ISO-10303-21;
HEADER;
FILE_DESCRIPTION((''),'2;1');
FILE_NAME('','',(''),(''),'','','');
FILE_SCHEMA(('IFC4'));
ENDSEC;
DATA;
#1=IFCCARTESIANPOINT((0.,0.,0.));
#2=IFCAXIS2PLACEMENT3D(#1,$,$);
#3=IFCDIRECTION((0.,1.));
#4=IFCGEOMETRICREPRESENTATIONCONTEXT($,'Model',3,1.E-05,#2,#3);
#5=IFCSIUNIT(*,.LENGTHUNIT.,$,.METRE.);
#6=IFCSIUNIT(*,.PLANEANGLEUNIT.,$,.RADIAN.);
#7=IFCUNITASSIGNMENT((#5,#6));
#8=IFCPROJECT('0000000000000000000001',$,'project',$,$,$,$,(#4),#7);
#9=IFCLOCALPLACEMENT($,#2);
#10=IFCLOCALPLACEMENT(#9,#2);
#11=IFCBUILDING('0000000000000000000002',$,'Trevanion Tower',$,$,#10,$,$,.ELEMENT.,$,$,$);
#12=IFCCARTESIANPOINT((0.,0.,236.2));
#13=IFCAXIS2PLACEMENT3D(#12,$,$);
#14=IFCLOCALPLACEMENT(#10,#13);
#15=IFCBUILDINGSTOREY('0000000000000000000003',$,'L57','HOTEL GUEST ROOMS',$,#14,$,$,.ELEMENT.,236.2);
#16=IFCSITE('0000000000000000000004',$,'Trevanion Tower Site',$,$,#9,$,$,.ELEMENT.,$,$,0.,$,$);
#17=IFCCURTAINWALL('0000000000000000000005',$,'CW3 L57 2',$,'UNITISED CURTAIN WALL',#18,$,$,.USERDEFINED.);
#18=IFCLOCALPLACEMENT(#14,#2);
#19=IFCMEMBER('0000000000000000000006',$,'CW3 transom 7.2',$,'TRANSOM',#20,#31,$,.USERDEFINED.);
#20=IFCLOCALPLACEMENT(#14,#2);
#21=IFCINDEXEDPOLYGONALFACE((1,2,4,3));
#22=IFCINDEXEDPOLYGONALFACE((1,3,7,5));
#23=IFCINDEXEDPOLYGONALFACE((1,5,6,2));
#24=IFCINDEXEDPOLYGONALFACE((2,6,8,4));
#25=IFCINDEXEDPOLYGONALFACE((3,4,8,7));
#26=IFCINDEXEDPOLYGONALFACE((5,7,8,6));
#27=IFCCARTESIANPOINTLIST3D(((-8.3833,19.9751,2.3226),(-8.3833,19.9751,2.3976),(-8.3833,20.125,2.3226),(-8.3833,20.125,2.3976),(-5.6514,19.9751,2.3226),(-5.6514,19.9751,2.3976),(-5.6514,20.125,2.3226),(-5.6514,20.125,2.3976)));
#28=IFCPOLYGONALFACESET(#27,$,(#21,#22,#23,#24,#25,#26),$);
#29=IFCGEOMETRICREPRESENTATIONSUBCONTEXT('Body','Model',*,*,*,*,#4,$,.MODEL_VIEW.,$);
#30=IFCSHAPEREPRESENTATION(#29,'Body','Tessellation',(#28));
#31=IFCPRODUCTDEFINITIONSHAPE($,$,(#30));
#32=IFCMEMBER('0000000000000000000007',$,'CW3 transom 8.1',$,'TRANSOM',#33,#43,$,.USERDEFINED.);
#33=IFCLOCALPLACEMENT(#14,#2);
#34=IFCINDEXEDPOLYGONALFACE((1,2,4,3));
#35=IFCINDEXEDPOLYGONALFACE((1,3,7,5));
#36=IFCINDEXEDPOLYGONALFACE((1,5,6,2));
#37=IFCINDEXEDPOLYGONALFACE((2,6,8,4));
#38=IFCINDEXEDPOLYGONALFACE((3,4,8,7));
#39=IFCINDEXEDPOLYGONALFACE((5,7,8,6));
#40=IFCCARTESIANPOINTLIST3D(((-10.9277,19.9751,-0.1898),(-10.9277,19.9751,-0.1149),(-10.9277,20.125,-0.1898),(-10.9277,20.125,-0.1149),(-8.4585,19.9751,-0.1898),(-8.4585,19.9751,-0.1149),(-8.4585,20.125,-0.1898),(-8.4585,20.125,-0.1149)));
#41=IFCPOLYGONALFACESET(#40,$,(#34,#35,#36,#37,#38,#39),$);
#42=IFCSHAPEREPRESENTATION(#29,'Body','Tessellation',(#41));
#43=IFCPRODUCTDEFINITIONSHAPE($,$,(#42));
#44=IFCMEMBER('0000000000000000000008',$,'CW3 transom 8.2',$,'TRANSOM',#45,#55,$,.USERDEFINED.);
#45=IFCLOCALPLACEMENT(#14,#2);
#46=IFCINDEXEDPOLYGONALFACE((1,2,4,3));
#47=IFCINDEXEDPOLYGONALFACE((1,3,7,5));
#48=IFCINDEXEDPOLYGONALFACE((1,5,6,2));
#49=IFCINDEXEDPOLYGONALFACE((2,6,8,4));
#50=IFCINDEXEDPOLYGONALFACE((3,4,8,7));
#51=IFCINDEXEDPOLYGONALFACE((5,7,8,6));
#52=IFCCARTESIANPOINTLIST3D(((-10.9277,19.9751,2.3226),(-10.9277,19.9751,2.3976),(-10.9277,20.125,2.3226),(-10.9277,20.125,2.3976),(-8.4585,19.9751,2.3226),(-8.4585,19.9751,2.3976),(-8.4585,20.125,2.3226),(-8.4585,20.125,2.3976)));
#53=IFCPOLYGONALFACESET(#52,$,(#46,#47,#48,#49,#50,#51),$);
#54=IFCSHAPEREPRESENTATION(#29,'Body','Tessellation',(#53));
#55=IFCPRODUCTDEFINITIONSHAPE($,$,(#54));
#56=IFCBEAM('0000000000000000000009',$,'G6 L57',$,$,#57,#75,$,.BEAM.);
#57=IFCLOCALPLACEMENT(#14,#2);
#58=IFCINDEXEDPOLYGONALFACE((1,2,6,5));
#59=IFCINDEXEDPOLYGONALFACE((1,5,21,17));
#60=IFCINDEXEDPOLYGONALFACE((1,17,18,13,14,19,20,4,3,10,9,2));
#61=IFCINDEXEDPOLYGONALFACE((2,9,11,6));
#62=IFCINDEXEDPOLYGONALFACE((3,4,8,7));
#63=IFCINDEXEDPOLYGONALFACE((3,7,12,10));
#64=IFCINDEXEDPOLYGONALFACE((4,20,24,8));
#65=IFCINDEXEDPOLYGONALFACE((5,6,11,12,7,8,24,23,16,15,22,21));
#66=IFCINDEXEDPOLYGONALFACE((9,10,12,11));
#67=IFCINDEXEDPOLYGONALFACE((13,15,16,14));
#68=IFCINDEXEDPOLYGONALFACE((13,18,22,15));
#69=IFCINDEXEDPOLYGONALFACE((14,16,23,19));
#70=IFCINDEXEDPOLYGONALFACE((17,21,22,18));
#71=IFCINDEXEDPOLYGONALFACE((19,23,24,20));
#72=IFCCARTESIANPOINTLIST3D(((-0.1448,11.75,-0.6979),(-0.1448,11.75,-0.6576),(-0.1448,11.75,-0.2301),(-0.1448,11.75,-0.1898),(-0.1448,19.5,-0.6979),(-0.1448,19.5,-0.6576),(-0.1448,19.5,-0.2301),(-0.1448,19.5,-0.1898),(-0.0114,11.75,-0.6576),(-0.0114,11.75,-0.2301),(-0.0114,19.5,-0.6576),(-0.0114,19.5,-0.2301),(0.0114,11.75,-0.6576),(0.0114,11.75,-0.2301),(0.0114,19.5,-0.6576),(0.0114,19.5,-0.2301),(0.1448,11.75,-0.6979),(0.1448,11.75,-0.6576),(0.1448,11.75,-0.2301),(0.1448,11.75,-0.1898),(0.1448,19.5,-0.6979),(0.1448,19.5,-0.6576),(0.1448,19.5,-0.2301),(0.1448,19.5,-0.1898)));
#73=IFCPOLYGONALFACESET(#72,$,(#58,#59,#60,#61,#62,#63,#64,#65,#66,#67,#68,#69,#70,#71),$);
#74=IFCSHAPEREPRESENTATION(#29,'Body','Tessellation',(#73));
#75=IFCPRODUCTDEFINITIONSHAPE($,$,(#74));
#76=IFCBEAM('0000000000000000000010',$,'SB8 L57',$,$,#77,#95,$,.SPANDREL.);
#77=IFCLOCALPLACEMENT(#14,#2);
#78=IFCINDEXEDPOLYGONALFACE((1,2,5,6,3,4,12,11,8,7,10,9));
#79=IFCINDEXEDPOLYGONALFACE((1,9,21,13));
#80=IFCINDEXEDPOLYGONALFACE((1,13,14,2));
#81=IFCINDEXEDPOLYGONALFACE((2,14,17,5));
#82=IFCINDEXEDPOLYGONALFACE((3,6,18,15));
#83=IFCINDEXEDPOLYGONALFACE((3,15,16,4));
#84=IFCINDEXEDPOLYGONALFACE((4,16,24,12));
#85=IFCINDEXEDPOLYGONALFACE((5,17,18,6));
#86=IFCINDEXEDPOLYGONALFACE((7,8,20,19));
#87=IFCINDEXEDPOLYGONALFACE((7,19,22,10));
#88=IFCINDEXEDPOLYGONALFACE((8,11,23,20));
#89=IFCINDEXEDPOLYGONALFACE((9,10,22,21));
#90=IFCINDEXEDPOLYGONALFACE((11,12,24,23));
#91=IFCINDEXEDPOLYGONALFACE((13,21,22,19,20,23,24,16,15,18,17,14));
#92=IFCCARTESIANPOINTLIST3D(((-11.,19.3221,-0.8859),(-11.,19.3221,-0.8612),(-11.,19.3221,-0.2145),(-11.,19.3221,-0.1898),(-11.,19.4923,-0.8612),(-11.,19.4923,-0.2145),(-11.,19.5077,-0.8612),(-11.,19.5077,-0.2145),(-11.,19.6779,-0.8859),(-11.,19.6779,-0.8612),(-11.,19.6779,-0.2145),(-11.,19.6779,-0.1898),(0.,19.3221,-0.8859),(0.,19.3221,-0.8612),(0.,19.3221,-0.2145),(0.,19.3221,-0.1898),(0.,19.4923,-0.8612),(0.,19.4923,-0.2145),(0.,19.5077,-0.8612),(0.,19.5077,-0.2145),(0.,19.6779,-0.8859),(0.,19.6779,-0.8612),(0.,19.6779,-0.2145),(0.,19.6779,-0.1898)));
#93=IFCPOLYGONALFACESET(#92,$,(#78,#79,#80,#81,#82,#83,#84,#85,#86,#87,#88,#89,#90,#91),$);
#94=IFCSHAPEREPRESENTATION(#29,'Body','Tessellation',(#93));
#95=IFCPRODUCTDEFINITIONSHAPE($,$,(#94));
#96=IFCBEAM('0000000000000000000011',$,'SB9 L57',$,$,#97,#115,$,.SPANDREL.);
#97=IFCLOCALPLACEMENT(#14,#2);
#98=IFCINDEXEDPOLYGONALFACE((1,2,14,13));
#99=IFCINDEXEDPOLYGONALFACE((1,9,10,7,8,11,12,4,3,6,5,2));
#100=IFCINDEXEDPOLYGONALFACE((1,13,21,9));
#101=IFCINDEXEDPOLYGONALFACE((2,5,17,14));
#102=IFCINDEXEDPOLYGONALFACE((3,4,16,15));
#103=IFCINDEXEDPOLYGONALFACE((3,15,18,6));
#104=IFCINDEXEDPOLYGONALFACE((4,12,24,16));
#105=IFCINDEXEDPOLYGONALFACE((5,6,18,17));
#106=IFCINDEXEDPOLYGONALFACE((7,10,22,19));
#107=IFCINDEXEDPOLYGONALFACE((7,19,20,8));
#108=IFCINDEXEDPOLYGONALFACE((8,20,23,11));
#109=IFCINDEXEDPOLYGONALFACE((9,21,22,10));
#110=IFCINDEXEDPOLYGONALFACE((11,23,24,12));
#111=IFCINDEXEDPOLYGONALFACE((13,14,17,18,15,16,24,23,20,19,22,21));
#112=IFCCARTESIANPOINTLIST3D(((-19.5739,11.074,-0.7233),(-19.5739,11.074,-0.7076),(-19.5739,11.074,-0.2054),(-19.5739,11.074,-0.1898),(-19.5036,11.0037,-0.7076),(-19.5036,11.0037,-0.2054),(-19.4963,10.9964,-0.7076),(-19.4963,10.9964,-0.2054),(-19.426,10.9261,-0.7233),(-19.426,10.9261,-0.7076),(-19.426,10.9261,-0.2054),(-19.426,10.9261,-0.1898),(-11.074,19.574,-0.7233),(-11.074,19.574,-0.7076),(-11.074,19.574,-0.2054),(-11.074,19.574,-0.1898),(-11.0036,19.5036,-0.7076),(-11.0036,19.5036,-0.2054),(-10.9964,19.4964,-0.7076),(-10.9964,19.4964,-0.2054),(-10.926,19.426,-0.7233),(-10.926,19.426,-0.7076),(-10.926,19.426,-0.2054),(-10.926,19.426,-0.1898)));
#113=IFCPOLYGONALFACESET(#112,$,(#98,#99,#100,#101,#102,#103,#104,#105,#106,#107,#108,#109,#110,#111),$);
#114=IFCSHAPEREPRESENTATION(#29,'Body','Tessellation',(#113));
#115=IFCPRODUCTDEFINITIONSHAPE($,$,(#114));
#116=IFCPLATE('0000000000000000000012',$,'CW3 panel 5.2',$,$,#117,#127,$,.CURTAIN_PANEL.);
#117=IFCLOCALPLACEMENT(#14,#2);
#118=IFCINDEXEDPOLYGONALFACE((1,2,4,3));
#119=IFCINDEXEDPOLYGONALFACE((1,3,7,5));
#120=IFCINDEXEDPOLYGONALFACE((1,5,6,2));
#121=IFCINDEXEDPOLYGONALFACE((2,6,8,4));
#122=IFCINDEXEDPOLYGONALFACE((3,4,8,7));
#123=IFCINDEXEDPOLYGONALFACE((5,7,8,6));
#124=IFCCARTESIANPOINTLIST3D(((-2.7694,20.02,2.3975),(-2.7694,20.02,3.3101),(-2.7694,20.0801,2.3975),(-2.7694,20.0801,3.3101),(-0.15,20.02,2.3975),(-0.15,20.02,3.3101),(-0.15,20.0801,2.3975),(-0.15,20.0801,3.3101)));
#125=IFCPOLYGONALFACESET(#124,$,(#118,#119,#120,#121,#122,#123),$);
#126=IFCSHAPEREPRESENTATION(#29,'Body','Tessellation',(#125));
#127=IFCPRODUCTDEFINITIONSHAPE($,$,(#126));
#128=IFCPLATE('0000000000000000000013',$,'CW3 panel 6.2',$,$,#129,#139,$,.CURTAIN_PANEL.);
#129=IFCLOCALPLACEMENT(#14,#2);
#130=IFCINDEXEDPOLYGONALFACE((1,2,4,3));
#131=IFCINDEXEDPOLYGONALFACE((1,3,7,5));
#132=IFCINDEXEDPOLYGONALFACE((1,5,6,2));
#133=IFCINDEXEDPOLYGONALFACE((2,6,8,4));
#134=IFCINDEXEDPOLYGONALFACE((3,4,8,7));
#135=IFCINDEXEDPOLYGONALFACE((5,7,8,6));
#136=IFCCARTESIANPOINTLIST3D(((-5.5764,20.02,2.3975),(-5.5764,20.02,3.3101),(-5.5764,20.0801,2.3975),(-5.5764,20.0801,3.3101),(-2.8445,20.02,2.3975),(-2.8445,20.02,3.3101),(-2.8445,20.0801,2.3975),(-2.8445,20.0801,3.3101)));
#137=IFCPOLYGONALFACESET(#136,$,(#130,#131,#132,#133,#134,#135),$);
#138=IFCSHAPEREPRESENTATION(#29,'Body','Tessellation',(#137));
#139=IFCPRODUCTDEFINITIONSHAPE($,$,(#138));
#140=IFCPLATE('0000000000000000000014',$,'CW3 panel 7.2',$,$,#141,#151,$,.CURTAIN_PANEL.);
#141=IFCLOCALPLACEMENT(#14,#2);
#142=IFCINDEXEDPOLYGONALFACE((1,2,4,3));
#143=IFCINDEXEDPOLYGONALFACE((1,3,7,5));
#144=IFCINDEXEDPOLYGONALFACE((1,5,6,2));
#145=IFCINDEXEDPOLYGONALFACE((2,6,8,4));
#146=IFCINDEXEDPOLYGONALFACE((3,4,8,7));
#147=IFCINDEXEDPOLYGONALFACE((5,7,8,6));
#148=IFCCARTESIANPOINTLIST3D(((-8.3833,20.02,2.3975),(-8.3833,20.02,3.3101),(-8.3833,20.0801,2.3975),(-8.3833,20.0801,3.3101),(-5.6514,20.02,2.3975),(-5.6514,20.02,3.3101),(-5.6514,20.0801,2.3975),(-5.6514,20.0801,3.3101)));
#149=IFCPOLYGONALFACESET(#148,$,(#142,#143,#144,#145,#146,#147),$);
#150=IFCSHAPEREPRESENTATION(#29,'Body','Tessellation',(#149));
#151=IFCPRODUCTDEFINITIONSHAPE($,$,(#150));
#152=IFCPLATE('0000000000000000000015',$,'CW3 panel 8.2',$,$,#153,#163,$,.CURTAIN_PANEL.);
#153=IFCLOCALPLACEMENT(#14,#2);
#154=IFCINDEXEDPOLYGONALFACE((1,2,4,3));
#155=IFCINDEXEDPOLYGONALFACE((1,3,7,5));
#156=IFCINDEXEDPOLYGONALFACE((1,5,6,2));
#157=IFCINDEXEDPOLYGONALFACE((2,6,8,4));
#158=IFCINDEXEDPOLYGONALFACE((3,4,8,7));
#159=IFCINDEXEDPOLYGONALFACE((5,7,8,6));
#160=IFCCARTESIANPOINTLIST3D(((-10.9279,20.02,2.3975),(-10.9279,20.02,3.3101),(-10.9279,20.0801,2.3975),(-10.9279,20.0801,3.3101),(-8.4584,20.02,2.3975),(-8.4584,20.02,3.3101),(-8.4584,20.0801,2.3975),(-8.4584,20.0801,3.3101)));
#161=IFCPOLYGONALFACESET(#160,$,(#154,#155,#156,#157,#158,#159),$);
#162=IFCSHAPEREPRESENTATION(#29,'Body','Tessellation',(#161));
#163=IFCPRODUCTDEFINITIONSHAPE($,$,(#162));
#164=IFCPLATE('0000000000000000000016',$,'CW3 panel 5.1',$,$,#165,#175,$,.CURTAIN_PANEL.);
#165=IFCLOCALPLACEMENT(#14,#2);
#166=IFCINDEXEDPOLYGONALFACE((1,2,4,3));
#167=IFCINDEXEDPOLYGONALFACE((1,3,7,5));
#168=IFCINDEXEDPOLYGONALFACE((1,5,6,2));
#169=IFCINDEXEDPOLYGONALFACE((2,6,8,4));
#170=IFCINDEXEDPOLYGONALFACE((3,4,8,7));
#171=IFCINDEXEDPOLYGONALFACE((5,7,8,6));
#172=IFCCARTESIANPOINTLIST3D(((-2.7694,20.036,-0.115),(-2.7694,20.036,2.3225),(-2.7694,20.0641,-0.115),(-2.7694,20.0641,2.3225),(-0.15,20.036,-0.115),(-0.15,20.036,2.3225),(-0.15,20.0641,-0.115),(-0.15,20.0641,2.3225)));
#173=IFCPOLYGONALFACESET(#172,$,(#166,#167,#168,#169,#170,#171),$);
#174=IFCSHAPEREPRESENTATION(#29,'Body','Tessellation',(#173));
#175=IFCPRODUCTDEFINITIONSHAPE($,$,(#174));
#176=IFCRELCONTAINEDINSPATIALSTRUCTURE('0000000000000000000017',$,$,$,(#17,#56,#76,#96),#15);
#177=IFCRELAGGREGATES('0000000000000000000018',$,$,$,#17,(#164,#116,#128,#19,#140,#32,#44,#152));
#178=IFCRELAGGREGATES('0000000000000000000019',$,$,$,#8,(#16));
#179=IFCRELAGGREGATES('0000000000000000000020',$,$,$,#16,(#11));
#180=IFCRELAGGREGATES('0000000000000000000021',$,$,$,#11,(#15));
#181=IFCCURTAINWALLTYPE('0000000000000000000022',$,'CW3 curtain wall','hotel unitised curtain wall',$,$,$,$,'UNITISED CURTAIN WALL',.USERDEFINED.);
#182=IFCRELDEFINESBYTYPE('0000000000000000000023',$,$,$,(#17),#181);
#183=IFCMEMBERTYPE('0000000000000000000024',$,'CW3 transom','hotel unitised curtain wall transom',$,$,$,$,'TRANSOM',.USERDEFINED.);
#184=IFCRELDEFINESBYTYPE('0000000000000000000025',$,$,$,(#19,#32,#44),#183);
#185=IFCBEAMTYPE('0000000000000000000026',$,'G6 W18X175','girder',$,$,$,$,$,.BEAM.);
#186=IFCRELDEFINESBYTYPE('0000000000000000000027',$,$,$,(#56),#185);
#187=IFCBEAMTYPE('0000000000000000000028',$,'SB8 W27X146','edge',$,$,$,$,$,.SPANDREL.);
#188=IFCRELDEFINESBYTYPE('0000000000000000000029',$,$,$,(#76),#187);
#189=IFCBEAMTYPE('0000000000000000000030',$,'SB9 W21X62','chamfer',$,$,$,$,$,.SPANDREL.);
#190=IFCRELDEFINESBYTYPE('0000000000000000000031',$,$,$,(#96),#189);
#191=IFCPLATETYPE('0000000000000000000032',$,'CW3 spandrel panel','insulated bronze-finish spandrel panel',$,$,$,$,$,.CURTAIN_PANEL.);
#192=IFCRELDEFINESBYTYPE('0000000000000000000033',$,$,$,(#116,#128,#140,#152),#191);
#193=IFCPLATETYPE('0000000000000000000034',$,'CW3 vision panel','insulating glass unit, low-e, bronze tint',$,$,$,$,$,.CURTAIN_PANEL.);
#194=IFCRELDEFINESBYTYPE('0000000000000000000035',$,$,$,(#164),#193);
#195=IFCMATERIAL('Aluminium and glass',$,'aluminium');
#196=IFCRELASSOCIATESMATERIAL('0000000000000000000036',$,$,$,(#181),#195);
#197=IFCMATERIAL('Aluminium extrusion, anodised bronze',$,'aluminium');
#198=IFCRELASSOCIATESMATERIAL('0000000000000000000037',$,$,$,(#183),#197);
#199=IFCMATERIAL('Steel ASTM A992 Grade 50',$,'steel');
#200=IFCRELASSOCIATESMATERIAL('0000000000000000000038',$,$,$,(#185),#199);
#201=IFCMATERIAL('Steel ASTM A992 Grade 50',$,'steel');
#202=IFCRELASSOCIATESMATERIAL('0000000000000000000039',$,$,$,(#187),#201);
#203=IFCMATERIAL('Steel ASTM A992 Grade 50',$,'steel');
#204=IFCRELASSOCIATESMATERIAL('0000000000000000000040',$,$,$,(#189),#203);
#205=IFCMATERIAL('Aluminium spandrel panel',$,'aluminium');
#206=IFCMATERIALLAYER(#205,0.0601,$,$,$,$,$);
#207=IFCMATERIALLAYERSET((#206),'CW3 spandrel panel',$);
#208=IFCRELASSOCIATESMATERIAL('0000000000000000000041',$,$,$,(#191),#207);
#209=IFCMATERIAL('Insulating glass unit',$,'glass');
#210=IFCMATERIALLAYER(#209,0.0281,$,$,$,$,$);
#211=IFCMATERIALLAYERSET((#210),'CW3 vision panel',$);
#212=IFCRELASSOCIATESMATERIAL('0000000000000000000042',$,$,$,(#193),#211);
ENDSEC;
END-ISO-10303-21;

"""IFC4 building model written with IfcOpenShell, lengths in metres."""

from ifc_helpers import new_model, si_unit, direction, frame, origin, origin_2d, place, context, subcontext, project, spatial, rectangle, i_section, extrude, material, layer, layer_set, material_profile, profile_set, type_object, element, aggregate, save


model = new_model("IFC4")

# Units and contexts
model_context = context("Model", 3, precision=1e-05, world=origin(), true_north=direction((0.0, 1.0)))
body_context = subcontext(model_context, "Body", "Model", "MODEL_VIEW")
ifc_project = project(units=[si_unit("LENGTHUNIT", "METRE"), si_unit("PLANEANGLEUNIT", "RADIAN")], contexts=[model_context])

# Site, building, storey
site_placement = place(None, origin())
site = spatial("IfcSite", under=ifc_project, at=site_placement, Name="Trevanion Tower Site", CompositionType="ELEMENT", RefElevation=0.0)
building_placement = place(site_placement, origin())
building = spatial("IfcBuilding", under=site, at=building_placement, Name="Trevanion Tower", CompositionType="ELEMENT")
storey_placement = place(building_placement, frame((0.0, 0.0, 236.2)))
storey = spatial("IfcBuildingStorey", under=building, at=storey_placement, Name="L57", Description="HOTEL GUEST ROOMS", CompositionType="ELEMENT", Elevation=236.2)

# Curtain wall, members
ifc_material_1 = material(Name="Aluminium and glass", Category="aluminium")
curtain_wall_type = type_object("IfcCurtainWallType", Name="CW3 curtain wall", Description="hotel unitised curtain wall", ElementType="UNITISED CURTAIN WALL", PredefinedType="USERDEFINED", material=ifc_material_1)
curtain_wall_placement = place(storey_placement, origin())
curtain_wall = element("IfcCurtainWall", 1, at=curtain_wall_placement, inside=storey, type_object=curtain_wall_type, Name="CW3 L57 2", ObjectType="UNITISED CURTAIN WALL", PredefinedType="USERDEFINED")
ifc_material_2 = material(Name="Aluminium extrusion, anodised bronze", Category="aluminium")
ifc_material_profile_1 = material_profile(ifc_material_2, rectangle(XDim=0.1499, YDim=0.075, at=origin_2d()), Name="CW3 transom")
ifc_profile_set_1 = profile_set([ifc_material_profile_1], Name="Aluminium extrusion, anodised bronze")
member_type_1 = type_object("IfcMemberType", Name="CW3 transom", Description="hotel unitised curtain wall transom", ElementType="TRANSOM", PredefinedType="USERDEFINED", material=ifc_profile_set_1)
member_1_placement = place(storey_placement, frame((-5.6514, 20.05, 2.3601), z_axis=(-1.0, 0.0, 0.0), x_axis=(0.0, -1.0, 0.0)))
member_1 = element("IfcMember", 2, at=member_1_placement, type_object=member_type_1, Name="CW3 transom 7.2", ObjectType="TRANSOM", PredefinedType="USERDEFINED", context=body_context, shape_type="SweptSolid", body=[
    extrude(rectangle(XDim=0.1499, YDim=0.075, at=origin_2d()), origin(), (0.0, 0.0, 1.0), 2.7319),
])
member_2_placement = place(storey_placement, frame((-8.4585, 20.05, -0.1523), z_axis=(-1.0, 0.0, 0.0), x_axis=(0.0, -1.0, 0.0)))
member_2 = element("IfcMember", 3, at=member_2_placement, type_object=member_type_1, Name="CW3 transom 8.1", ObjectType="TRANSOM", PredefinedType="USERDEFINED", context=body_context, shape_type="SweptSolid", body=[
    extrude(rectangle(XDim=0.1499, YDim=0.075, at=origin_2d()), origin(), (0.0, 0.0, 1.0), 2.4692),
])
member_3_placement = place(storey_placement, frame((-8.4585, 20.05, 2.3601), z_axis=(-1.0, 0.0, 0.0), x_axis=(0.0, -1.0, 0.0)))
member_3 = element("IfcMember", 4, at=member_3_placement, type_object=member_type_1, Name="CW3 transom 8.2", ObjectType="TRANSOM", PredefinedType="USERDEFINED", context=body_context, shape_type="SweptSolid", body=[
    extrude(rectangle(XDim=0.1499, YDim=0.075, at=origin_2d()), origin(), (0.0, 0.0, 1.0), 2.4692),
])

# Beams
ifc_material_3 = material(Name="Steel ASTM A992 Grade 50", Category="steel")
ifc_material_profile_2 = material_profile(ifc_material_3, i_section(OverallWidth=0.2896, OverallDepth=0.5081, WebThickness=0.0227, FlangeThickness=0.0403, at=origin_2d()), Name="W18X175")
ifc_profile_set_2 = profile_set([ifc_material_profile_2], Name="Steel ASTM A992 Grade 50")
beam_type_1 = type_object("IfcBeamType", Name="G6 W18X175", Description="girder", PredefinedType="BEAM", material=ifc_profile_set_2)
beam_1_placement = place(storey_placement, frame((0.0, 11.75, -0.4438), z_axis=(0.0, 1.0, 0.0), x_axis=(-1.0, 0.0, 0.0)))
element("IfcBeam", 5, at=beam_1_placement, inside=storey, type_object=beam_type_1, Name="G6 L57", PredefinedType="BEAM", context=body_context, shape_type="SweptSolid", body=[
    extrude(i_section(OverallWidth=0.2896, OverallDepth=0.5081, WebThickness=0.0227, FlangeThickness=0.0403, at=origin_2d()), origin(), (0.0, 0.0, 1.0), 7.75),
])
ifc_material_4 = material(Name="Steel ASTM A992 Grade 50", Category="steel")
ifc_material_profile_3 = material_profile(ifc_material_4, i_section(OverallWidth=0.3557, OverallDepth=0.696, WebThickness=0.0154, FlangeThickness=0.0247, at=origin_2d()), Name="W27X146")
ifc_profile_set_3 = profile_set([ifc_material_profile_3], Name="Steel ASTM A992 Grade 50")
beam_type_2 = type_object("IfcBeamType", Name="SB8 W27X146", Description="edge", PredefinedType="SPANDREL", material=ifc_profile_set_3)
beam_2_placement = place(storey_placement, frame((0.0, 19.5, -0.5378), z_axis=(-1.0, 0.0, 0.0), x_axis=(0.0, -1.0, 0.0)))
element("IfcBeam", 6, at=beam_2_placement, inside=storey, type_object=beam_type_2, Name="SB8 L57", PredefinedType="SPANDREL", context=body_context, shape_type="SweptSolid", body=[
    extrude(i_section(OverallWidth=0.3557, OverallDepth=0.696, WebThickness=0.0154, FlangeThickness=0.0247, at=origin_2d()), origin(), (0.0, 0.0, 1.0), 11.0),
])
ifc_material_5 = material(Name="Steel ASTM A992 Grade 50", Category="steel")
ifc_material_profile_4 = material_profile(ifc_material_5, i_section(OverallWidth=0.2092, OverallDepth=0.5334, WebThickness=0.0103, FlangeThickness=0.0156, at=origin_2d()), Name="W21X62")
ifc_profile_set_4 = profile_set([ifc_material_profile_4], Name="Steel ASTM A992 Grade 50")
beam_type_3 = type_object("IfcBeamType", Name="SB9 W21X62", Description="chamfer", PredefinedType="SPANDREL", material=ifc_profile_set_4)
beam_3_placement = place(storey_placement, frame((-11.0, 19.5, -0.4565), z_axis=(-0.707107, -0.707107, 0.0), x_axis=(0.707107, -0.707107, 0.0)))
element("IfcBeam", 7, at=beam_3_placement, inside=storey, type_object=beam_type_3, Name="SB9 L57", PredefinedType="SPANDREL", context=body_context, shape_type="SweptSolid", body=[
    extrude(i_section(OverallWidth=0.2092, OverallDepth=0.5334, WebThickness=0.0103, FlangeThickness=0.0156, at=origin_2d()), origin(), (0.0, 0.0, 1.0), 12.0208),
])

# Plates
ifc_material_6 = material(Name="Aluminium spandrel panel", Category="aluminium")
ifc_layer_1 = layer(ifc_material_6, 0.0601)
ifc_layer_set_1 = layer_set([ifc_layer_1], Name="CW3 spandrel panel")
plate_type_1 = type_object("IfcPlateType", Name="CW3 spandrel panel", Description="insulated bronze-finish spandrel panel", PredefinedType="CURTAIN_PANEL", material=ifc_layer_set_1)
plate_1_placement = place(storey_placement, frame((-1.4597, 20.05, 2.3975), z_axis=(0.0, 0.0, 1.0), x_axis=(-1.0, 0.0, 0.0)))
plate_1 = element("IfcPlate", 8, at=plate_1_placement, type_object=plate_type_1, Name="CW3 panel 5.2", PredefinedType="CURTAIN_PANEL", context=body_context, shape_type="SweptSolid", body=[
    extrude(rectangle(XDim=2.6194, YDim=0.0601, at=origin_2d()), origin(), (0.0, 0.0, 1.0), 0.9126),
])
plate_2_placement = place(storey_placement, frame((-4.2104, 20.05, 2.3975), z_axis=(0.0, 0.0, 1.0), x_axis=(-1.0, 0.0, 0.0)))
plate_2 = element("IfcPlate", 9, at=plate_2_placement, type_object=plate_type_1, Name="CW3 panel 6.2", PredefinedType="CURTAIN_PANEL", context=body_context, shape_type="SweptSolid", body=[
    extrude(rectangle(XDim=2.7319, YDim=0.0601, at=origin_2d()), origin(), (0.0, 0.0, 1.0), 0.9126),
])
plate_3_placement = place(storey_placement, frame((-7.0173, 20.05, 2.3975), z_axis=(0.0, 0.0, 1.0), x_axis=(-1.0, 0.0, 0.0)))
plate_3 = element("IfcPlate", 10, at=plate_3_placement, type_object=plate_type_1, Name="CW3 panel 7.2", PredefinedType="CURTAIN_PANEL", context=body_context, shape_type="SweptSolid", body=[
    extrude(rectangle(XDim=2.7319, YDim=0.0601, at=origin_2d()), origin(), (0.0, 0.0, 1.0), 0.9126),
])
plate_4_placement = place(storey_placement, frame((-9.6931, 20.05, 2.3975), z_axis=(0.0, 0.0, 1.0), x_axis=(-1.0, 0.0, 0.0)))
plate_4 = element("IfcPlate", 11, at=plate_4_placement, type_object=plate_type_1, Name="CW3 panel 8.2", PredefinedType="CURTAIN_PANEL", context=body_context, shape_type="SweptSolid", body=[
    extrude(rectangle(XDim=2.4695, YDim=0.0601, at=origin_2d()), origin(), (0.0, 0.0, 1.0), 0.9126),
])
ifc_material_7 = material(Name="Insulating glass unit", Category="glass")
ifc_layer_2 = layer(ifc_material_7, 0.0281)
ifc_layer_set_2 = layer_set([ifc_layer_2], Name="CW3 vision panel")
plate_type_2 = type_object("IfcPlateType", Name="CW3 vision panel", Description="insulating glass unit, low-e, bronze tint", PredefinedType="CURTAIN_PANEL", material=ifc_layer_set_2)
plate_5_placement = place(storey_placement, frame((-1.4597, 20.05, -0.115), z_axis=(0.0, 0.0, 1.0), x_axis=(-1.0, 0.0, 0.0)))
plate_5 = element("IfcPlate", 12, at=plate_5_placement, type_object=plate_type_2, Name="CW3 panel 5.1", PredefinedType="CURTAIN_PANEL", context=body_context, shape_type="SweptSolid", body=[
    extrude(rectangle(XDim=2.6194, YDim=0.0281, at=origin_2d()), origin(), (0.0, 0.0, 1.0), 2.4375),
])
aggregate(curtain_wall, [plate_5, plate_1, plate_2, member_1, plate_3, member_2, member_3, plate_4])

save(model, "model.ifc")
